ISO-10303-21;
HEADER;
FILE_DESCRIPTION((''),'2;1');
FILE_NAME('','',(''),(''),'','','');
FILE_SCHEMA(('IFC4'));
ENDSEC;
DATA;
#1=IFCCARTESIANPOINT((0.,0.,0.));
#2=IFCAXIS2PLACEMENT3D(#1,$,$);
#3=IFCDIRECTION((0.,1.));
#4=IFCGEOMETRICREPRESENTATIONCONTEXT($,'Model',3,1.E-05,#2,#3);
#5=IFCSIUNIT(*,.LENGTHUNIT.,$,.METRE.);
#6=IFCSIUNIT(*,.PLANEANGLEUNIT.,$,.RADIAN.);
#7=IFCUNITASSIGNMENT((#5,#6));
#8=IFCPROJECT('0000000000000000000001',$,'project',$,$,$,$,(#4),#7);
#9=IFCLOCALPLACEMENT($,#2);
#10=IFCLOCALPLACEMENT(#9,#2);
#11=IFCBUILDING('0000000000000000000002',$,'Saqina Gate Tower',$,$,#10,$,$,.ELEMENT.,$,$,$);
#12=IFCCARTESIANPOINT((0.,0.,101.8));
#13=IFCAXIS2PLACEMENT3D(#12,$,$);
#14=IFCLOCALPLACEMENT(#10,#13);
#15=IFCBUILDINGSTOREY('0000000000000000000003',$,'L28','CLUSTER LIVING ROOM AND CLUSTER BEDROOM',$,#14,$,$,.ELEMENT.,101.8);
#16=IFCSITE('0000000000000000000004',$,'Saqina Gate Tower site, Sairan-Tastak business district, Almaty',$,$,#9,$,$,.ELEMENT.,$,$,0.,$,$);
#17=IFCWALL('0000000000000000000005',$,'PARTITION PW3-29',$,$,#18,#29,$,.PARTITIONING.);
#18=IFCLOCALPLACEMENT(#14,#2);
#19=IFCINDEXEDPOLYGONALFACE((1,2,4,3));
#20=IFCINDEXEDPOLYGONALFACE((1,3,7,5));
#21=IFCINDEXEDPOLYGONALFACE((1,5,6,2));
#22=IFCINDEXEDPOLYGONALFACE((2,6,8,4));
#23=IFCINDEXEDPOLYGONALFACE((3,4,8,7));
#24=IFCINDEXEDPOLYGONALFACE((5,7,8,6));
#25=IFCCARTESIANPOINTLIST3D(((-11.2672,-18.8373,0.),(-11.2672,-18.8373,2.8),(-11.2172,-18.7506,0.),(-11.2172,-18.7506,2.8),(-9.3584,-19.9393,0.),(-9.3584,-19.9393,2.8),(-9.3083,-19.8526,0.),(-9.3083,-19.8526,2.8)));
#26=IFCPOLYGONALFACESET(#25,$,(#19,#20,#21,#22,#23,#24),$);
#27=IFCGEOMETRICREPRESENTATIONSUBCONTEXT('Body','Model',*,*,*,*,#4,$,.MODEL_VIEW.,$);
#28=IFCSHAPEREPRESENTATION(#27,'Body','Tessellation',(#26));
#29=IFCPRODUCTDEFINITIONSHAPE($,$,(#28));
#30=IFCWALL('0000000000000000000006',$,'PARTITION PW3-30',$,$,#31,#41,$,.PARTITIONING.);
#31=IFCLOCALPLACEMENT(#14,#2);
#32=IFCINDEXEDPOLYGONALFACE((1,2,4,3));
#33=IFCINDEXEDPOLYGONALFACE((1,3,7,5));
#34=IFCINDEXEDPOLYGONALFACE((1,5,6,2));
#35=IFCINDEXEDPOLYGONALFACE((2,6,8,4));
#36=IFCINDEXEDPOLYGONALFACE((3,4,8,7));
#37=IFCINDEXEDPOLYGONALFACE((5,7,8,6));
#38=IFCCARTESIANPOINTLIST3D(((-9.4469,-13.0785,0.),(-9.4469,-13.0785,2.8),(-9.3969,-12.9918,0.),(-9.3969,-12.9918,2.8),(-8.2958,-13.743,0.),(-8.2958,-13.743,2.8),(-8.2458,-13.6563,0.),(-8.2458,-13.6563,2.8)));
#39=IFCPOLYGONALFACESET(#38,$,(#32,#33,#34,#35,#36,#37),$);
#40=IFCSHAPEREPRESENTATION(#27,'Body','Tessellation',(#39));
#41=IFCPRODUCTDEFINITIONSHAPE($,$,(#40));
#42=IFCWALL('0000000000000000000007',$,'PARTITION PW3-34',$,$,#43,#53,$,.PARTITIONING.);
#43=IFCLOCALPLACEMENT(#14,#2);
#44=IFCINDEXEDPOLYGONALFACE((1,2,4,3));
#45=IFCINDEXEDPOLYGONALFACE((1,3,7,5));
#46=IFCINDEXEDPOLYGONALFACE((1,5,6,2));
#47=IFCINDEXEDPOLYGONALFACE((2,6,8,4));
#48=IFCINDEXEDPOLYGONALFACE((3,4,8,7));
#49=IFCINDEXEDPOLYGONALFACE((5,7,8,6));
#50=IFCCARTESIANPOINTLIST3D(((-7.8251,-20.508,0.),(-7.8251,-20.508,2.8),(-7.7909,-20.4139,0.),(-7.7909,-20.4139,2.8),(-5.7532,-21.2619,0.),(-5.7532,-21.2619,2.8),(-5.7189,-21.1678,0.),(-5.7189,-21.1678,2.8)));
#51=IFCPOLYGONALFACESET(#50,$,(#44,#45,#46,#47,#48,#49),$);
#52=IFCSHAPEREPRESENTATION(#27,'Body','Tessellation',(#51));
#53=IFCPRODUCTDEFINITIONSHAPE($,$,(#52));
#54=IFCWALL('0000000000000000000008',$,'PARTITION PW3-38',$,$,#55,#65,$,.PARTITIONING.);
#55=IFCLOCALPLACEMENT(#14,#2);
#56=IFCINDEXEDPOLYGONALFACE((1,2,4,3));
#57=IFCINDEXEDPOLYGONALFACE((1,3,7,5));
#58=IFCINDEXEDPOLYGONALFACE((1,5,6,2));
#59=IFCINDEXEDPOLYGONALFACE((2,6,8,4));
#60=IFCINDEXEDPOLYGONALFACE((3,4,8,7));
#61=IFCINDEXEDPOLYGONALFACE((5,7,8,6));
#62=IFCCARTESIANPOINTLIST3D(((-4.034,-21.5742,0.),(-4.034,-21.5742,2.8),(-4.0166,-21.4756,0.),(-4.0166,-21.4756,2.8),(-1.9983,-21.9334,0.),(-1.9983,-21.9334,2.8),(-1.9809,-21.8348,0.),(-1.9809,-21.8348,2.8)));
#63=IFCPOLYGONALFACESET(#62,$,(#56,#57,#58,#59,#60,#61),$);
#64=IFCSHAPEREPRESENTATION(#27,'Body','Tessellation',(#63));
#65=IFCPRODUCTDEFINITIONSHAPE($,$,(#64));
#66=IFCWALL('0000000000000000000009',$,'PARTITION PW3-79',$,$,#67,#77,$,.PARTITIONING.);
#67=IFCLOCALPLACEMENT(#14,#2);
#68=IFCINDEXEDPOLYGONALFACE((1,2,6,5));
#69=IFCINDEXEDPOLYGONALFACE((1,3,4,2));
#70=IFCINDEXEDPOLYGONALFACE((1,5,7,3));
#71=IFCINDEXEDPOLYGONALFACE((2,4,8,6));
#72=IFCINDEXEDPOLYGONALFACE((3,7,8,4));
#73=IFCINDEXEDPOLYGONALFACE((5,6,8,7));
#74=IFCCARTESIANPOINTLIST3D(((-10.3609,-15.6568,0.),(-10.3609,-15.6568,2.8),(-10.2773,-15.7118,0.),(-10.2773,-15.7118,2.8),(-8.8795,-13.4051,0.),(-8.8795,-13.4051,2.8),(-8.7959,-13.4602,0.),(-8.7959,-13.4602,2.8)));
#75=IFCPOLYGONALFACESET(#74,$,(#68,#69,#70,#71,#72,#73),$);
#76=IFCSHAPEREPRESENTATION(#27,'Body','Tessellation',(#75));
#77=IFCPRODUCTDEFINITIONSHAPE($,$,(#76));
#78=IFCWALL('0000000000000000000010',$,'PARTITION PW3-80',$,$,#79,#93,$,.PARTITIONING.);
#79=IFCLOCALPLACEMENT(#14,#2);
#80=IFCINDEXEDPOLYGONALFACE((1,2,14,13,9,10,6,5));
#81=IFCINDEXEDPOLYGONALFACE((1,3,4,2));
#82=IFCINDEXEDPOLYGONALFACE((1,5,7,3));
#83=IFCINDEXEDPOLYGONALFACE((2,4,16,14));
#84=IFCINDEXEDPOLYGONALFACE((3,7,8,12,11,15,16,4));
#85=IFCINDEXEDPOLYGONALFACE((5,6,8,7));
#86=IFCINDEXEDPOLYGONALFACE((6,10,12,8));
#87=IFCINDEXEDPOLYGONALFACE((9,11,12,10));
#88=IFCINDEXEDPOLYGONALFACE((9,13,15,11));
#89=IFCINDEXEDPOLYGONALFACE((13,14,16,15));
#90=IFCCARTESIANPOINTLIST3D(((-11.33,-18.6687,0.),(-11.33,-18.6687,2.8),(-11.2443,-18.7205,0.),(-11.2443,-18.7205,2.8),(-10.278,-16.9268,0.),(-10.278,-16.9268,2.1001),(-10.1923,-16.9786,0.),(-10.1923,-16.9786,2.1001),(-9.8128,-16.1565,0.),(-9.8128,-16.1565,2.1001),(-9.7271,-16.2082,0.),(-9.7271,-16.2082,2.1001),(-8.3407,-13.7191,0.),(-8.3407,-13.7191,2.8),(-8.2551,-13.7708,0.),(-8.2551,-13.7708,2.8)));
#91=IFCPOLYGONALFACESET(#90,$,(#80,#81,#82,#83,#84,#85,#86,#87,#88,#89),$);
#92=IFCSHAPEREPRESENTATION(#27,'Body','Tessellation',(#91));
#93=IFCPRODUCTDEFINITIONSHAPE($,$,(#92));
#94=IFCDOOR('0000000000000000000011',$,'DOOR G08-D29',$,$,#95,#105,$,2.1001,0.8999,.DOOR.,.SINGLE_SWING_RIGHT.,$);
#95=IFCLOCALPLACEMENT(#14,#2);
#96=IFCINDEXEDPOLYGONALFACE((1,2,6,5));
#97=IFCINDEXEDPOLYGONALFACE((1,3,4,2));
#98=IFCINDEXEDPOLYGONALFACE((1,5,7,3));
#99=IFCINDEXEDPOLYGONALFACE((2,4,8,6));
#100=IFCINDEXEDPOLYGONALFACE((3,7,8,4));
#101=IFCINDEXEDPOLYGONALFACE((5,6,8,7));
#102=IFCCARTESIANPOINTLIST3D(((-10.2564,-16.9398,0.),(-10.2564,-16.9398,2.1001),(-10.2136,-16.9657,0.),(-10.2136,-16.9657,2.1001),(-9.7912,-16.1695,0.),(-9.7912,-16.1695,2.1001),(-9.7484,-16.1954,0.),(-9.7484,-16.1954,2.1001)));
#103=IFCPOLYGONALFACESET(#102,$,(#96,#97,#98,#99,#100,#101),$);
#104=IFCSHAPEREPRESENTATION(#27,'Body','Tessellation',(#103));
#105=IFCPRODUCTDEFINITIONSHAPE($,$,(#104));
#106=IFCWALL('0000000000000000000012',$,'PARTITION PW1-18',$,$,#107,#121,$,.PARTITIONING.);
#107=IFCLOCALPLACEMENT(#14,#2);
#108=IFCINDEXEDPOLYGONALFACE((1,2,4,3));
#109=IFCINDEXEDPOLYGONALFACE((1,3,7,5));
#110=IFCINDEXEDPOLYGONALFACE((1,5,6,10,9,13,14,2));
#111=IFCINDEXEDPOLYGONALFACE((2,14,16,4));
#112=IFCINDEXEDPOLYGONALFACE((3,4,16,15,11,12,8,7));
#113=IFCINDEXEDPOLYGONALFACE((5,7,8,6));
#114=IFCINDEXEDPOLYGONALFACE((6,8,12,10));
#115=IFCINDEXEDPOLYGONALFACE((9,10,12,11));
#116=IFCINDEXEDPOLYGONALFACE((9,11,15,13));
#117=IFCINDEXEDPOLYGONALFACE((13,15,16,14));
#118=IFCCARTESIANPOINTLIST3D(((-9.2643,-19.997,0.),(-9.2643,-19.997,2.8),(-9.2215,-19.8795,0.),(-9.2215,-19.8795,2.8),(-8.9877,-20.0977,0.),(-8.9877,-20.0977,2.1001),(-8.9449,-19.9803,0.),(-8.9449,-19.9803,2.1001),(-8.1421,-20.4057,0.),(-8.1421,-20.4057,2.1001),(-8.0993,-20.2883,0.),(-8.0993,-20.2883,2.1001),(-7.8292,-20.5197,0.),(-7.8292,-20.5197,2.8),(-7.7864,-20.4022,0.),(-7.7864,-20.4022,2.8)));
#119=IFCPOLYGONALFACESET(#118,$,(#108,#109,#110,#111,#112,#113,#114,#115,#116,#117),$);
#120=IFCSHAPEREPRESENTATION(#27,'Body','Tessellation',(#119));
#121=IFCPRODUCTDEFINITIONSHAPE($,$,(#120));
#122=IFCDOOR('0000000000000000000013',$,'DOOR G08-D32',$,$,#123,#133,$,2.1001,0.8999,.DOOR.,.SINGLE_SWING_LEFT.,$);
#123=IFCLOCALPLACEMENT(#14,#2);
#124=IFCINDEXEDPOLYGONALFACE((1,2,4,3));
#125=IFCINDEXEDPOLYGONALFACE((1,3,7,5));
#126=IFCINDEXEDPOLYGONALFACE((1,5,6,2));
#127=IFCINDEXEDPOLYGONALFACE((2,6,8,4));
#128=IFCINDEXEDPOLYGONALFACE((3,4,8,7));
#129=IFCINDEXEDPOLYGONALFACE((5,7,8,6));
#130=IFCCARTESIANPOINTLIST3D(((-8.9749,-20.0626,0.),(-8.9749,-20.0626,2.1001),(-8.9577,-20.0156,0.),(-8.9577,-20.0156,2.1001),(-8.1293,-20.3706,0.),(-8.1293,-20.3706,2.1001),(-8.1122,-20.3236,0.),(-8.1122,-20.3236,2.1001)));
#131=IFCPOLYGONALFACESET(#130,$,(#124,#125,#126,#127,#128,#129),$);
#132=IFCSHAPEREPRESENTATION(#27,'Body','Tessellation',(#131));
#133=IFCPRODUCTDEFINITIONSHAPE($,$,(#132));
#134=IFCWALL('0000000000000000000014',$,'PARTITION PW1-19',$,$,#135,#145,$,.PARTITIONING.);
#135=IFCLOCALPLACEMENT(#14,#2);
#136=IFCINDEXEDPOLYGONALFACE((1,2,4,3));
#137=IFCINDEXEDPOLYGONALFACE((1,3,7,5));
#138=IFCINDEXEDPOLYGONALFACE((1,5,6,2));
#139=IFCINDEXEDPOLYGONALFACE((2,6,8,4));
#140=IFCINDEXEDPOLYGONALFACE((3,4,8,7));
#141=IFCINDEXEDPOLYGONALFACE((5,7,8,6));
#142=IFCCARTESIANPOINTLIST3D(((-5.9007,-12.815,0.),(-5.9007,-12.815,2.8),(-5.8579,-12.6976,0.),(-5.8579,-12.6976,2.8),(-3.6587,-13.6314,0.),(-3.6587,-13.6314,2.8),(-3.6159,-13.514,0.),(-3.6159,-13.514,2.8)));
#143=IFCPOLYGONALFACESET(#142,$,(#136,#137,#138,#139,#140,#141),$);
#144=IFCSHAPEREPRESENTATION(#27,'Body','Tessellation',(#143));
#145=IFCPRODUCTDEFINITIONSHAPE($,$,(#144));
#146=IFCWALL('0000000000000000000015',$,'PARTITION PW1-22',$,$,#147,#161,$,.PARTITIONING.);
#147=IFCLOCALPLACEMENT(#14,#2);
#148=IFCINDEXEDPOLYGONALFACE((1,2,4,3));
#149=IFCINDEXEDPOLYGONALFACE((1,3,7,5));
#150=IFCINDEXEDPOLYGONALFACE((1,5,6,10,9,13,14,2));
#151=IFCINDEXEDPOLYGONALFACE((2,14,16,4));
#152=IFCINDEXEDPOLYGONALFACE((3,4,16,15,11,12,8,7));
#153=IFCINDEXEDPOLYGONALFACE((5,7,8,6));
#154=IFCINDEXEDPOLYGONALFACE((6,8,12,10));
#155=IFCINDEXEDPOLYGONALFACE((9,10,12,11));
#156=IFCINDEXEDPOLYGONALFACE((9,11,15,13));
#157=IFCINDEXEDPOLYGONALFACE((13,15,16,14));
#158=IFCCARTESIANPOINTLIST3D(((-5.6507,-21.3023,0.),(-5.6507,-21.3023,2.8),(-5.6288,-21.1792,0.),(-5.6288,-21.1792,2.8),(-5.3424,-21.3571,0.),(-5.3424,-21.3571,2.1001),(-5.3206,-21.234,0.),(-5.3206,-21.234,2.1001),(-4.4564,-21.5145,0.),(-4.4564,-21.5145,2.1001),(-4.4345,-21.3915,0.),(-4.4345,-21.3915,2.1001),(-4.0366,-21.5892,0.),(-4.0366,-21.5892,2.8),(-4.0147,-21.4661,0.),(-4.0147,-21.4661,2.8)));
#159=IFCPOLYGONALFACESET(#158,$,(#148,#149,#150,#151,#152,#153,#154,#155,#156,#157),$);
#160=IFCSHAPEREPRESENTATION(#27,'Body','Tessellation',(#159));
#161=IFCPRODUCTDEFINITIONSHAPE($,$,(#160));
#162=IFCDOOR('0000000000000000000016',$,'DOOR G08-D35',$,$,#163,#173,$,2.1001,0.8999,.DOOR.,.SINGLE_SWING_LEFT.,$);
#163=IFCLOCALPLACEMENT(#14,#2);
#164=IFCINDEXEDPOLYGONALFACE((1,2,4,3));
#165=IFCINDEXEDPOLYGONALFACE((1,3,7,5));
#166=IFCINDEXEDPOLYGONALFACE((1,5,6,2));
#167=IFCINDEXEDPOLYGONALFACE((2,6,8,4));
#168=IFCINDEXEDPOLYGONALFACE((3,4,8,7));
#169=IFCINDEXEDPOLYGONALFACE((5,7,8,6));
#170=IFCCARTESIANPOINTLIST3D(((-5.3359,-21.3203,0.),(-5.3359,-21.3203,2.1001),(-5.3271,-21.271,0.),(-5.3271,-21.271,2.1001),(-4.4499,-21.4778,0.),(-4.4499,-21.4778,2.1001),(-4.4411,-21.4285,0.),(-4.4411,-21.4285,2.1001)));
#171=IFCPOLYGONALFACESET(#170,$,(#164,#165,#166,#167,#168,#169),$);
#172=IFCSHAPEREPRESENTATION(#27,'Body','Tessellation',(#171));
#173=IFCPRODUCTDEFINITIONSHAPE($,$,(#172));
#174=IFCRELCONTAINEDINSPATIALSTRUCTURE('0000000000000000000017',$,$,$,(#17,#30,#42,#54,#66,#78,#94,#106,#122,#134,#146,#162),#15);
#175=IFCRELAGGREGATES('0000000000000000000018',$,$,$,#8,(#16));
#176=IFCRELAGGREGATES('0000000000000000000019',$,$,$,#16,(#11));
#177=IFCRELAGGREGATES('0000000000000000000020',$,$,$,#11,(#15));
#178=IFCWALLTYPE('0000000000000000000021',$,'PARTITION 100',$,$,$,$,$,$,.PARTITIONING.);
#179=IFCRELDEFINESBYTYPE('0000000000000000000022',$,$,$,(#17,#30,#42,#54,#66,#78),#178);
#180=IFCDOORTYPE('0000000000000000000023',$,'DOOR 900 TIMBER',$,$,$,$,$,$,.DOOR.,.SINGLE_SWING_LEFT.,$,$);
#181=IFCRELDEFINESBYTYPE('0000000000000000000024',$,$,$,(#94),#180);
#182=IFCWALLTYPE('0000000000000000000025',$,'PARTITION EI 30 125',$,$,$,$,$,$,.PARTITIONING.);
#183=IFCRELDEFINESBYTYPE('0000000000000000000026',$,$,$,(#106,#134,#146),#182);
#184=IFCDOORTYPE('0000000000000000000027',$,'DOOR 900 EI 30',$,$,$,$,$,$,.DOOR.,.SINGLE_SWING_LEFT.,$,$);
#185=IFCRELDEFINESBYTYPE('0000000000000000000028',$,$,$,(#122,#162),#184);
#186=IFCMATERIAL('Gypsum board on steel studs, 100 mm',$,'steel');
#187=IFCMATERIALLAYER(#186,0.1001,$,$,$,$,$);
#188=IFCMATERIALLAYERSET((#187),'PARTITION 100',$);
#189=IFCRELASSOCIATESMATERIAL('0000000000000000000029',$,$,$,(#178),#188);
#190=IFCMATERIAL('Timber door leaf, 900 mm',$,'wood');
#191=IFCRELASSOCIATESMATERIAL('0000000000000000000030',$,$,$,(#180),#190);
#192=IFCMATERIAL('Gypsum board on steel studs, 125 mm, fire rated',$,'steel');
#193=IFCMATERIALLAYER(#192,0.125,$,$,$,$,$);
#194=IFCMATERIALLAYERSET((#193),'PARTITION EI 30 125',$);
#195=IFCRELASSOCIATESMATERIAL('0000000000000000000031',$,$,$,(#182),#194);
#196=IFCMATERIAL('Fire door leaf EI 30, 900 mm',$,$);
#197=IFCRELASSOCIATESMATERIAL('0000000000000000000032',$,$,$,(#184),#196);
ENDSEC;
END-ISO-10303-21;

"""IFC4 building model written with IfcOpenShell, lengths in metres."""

from ifc_helpers import new_model, si_unit, direction, frame, frame_2d, origin, place, context, subcontext, project, spatial, rectangle, extrude, material, layer, layer_set, type_object, element, fill, save


model = new_model("IFC4")

# Units and contexts
model_context = context("Model", 3, precision=1e-05, world=origin(), true_north=direction((0.0, 1.0)))
body_context = subcontext(model_context, "Body", "Model", "MODEL_VIEW")
ifc_project = project(units=[si_unit("LENGTHUNIT", "METRE"), si_unit("PLANEANGLEUNIT", "RADIAN")], contexts=[model_context])

# Site, building, storey
site_placement = place(None, origin())
site = spatial("IfcSite", under=ifc_project, at=site_placement, Name="Saqina Gate Tower site, Sairan-Tastak business district, Almaty", CompositionType="ELEMENT", RefElevation=0.0)
building_placement = place(site_placement, origin())
building = spatial("IfcBuilding", under=site, at=building_placement, Name="Saqina Gate Tower", CompositionType="ELEMENT")
storey_placement = place(building_placement, frame((0.0, 0.0, 101.8)))
storey = spatial("IfcBuildingStorey", under=building, at=storey_placement, Name="L28", Description="CLUSTER LIVING ROOM AND CLUSTER BEDROOM", CompositionType="ELEMENT", Elevation=101.8)

# Walls
ifc_material_1 = material(Name="Gypsum board on steel studs, 100 mm", Category="steel")
ifc_layer_1 = layer(ifc_material_1, 0.1001)
ifc_layer_set_1 = layer_set([ifc_layer_1], Name="PARTITION 100")
wall_type_1 = type_object("IfcWallType", Name="PARTITION 100", PredefinedType="PARTITIONING", material=ifc_layer_set_1)
wall_1_placement = place(storey_placement, frame((-11.2422, -18.7939, 0.0), z_axis=(0.0, 0.0, 1.0), x_axis=(0.86604, -0.499975, 0.0)))
element("IfcWall", 1, at=wall_1_placement, inside=storey, type_object=wall_type_1, Name="PARTITION PW3-29", PredefinedType="PARTITIONING", context=body_context, shape_type="SweptSolid", body=[
    extrude(rectangle(XDim=2.2041, YDim=0.1001, at=frame_2d((1.1021, 0.0))), origin(), (0.0, 0.0, 1.0), 2.8),
])
wall_2_placement = place(storey_placement, frame((-9.4219, -13.0352, 0.0), z_axis=(0.0, 0.0, 1.0), x_axis=(0.866042, -0.499972, 0.0)))
element("IfcWall", 2, at=wall_2_placement, inside=storey, type_object=wall_type_1, Name="PARTITION PW3-30", PredefinedType="PARTITIONING", context=body_context, shape_type="SweptSolid", body=[
    extrude(rectangle(XDim=1.3291, YDim=0.1001, at=frame_2d((0.6646, 0.0))), origin(), (0.0, 0.0, 1.0), 2.8),
])
wall_3_placement = place(storey_placement, frame((-7.8081, -20.4609, 0.0), z_axis=(0.0, 0.0, 1.0), x_axis=(0.939729, -0.341921, 0.0)))
element("IfcWall", 3, at=wall_3_placement, inside=storey, type_object=wall_type_1, Name="PARTITION PW3-34", PredefinedType="PARTITIONING", context=body_context, shape_type="SweptSolid", body=[
    extrude(rectangle(XDim=2.2048, YDim=0.1001, at=frame_2d((1.1025, 0.0))), origin(), (0.0, 0.0, 1.0), 2.8),
])
wall_4_placement = place(storey_placement, frame((-4.0254, -21.5249, 0.0), z_axis=(0.0, 0.0, 1.0), x_axis=(0.984792, -0.173738, 0.0)))
element("IfcWall", 4, at=wall_4_placement, inside=storey, type_object=wall_type_1, Name="PARTITION PW3-38", PredefinedType="PARTITIONING", context=body_context, shape_type="SweptSolid", body=[
    extrude(rectangle(XDim=2.0671, YDim=0.1001, at=frame_2d((1.0337, 0.0))), origin(), (0.0, 0.0, 1.0), 2.8),
])
wall_5_placement = place(storey_placement, frame((-10.3191, -15.6843, 0.0), z_axis=(0.0, 0.0, 1.0), x_axis=(0.549631, 0.835407, 0.0)))
element("IfcWall", 5, at=wall_5_placement, inside=storey, type_object=wall_type_1, Name="PARTITION PW3-79", PredefinedType="PARTITIONING", context=body_context, shape_type="SweptSolid", body=[
    extrude(rectangle(XDim=2.6953, YDim=0.1001, at=frame_2d((1.3477, 0.0))), origin(), (0.0, 0.0, 1.0), 2.8),
])

# Walls, openings, doors
wall_6_placement = place(storey_placement, frame((-11.2871, -18.6946, 0.0), z_axis=(0.0, 0.0, 1.0), x_axis=(0.516965, 0.856007, 0.0)))
wall_6 = element("IfcWall", 6, at=wall_6_placement, inside=storey, type_object=wall_type_1, Name="PARTITION PW3-80", PredefinedType="PARTITIONING", context=body_context, shape_type="SweptSolid", body=[
    extrude(rectangle(XDim=5.7822, YDim=0.1001, at=frame_2d((2.8911, 0.0))), origin(), (0.0, 0.0, 1.0), 2.8),
])
opening_1_placement = place(wall_6_placement, frame((2.0349, 0.0, 0.0)))
opening_1 = element("IfcOpeningElement", 7, at=opening_1_placement, cuts=wall_6, PredefinedType="OPENING", context=body_context, shape_type="SweptSolid", body=[
    extrude(rectangle(XDim=0.8999, YDim=2.1001, at=frame_2d((0.45, 1.05))), frame((0.0, 0.062, 0.0), z_axis=(0.0, -1.0, 0.0), x_axis=(1.0, 0.0, 0.0)), (0.0, 0.0, 1.0), 0.124),
])
ifc_material_2 = material(Name="Timber door leaf, 900 mm", Category="wood")
door_type_1 = type_object("IfcDoorType", Name="DOOR 900 TIMBER", OperationType="SINGLE_SWING_LEFT", PredefinedType="DOOR", material=ifc_material_2)
door_1_placement = place(opening_1_placement, origin())
door_1 = element("IfcDoor", 8, at=door_1_placement, inside=storey, type_object=door_type_1, Name="DOOR G08-D29", OperationType="SINGLE_SWING_RIGHT", OverallHeight=2.1001, OverallWidth=0.8999, PredefinedType="DOOR", context=body_context, shape_type="SweptSolid", body=[
    extrude(rectangle(XDim=0.8999, YDim=2.1001, at=frame_2d((0.45, 1.05))), frame((0.0, 0.0249, 0.0), z_axis=(0.0, -1.0, 0.0), x_axis=(1.0, 0.0, 0.0)), (0.0, 0.0, 1.0), 0.05),
])
fill(opening_1, door_1)
ifc_material_3 = material(Name="Gypsum board on steel studs, 125 mm, fire rated", Category="steel")
ifc_layer_2 = layer(ifc_material_3, 0.125)
ifc_layer_set_2 = layer_set([ifc_layer_2], Name="PARTITION EI 30 125")
wall_type_2 = type_object("IfcWallType", Name="PARTITION EI 30 125", PredefinedType="PARTITIONING", material=ifc_layer_set_2)
wall_7_placement = place(storey_placement, frame((-9.2429, -19.9382, 0.0), z_axis=(0.0, 0.0, 1.0), x_axis=(0.939611, -0.342244, 0.0)))
wall_7 = element("IfcWall", 9, at=wall_7_placement, inside=storey, type_object=wall_type_2, Name="PARTITION PW1-18", PredefinedType="PARTITIONING", context=body_context, shape_type="SweptSolid", body=[
    extrude(rectangle(XDim=1.5273, YDim=0.125, at=frame_2d((0.7637, 0.0))), origin(), (0.0, 0.0, 1.0), 2.8),
])
opening_2_placement = place(wall_7_placement, frame((0.2944, 0.0, 0.0)))
opening_2 = element("IfcOpeningElement", 10, at=opening_2_placement, cuts=wall_7, PredefinedType="OPENING", context=body_context, shape_type="SweptSolid", body=[
    extrude(rectangle(XDim=0.8999, YDim=2.1001, at=frame_2d((0.45, 1.05))), frame((0.0, 0.0745, 0.0), z_axis=(0.0, -1.0, 0.0), x_axis=(1.0, 0.0, 0.0)), (0.0, 0.0, 1.0), 0.1489),
])
ifc_material_4 = material(Name="Fire door leaf EI 30, 900 mm")
door_type_2 = type_object("IfcDoorType", Name="DOOR 900 EI 30", OperationType="SINGLE_SWING_LEFT", PredefinedType="DOOR", material=ifc_material_4)
door_2_placement = place(opening_2_placement, origin())
door_2 = element("IfcDoor", 11, at=door_2_placement, inside=storey, type_object=door_type_2, Name="DOOR G08-D32", OperationType="SINGLE_SWING_LEFT", OverallHeight=2.1001, OverallWidth=0.8999, PredefinedType="DOOR", context=body_context, shape_type="SweptSolid", body=[
    extrude(rectangle(XDim=0.8999, YDim=2.1001, at=frame_2d((0.45, 1.05))), frame((0.0, 0.0249, 0.0), z_axis=(0.0, -1.0, 0.0), x_axis=(1.0, 0.0, 0.0)), (0.0, 0.0, 1.0), 0.05),
])
fill(opening_2, door_2)

# Wall
wall_8_placement = place(storey_placement, frame((-5.8792, -12.7563, 0.0), z_axis=(0.0, 0.0, 1.0), x_axis=(0.939638, -0.34217, 0.0)))
element("IfcWall", 12, at=wall_8_placement, inside=storey, type_object=wall_type_2, Name="PARTITION PW1-19", PredefinedType="PARTITIONING", context=body_context, shape_type="SweptSolid", body=[
    extrude(rectangle(XDim=2.386, YDim=0.125, at=frame_2d((1.1929, 0.0))), origin(), (0.0, 0.0, 1.0), 2.8),
])

# Wall, opening, door
wall_9_placement = place(storey_placement, frame((-5.6399, -21.2407, 0.0), z_axis=(0.0, 0.0, 1.0), x_axis=(0.98457, -0.174992, 0.0)))
wall_9 = element("IfcWall", 13, at=wall_9_placement, inside=storey, type_object=wall_type_2, Name="PARTITION PW1-22", PredefinedType="PARTITIONING", context=body_context, shape_type="SweptSolid", body=[
    extrude(rectangle(XDim=1.6394, YDim=0.125, at=frame_2d((0.8198, 0.0))), origin(), (0.0, 0.0, 1.0), 2.8),
])
opening_3_placement = place(wall_9_placement, frame((0.3132, 0.0, 0.0)))
opening_3 = element("IfcOpeningElement", 14, at=opening_3_placement, cuts=wall_9, PredefinedType="OPENING", context=body_context, shape_type="SweptSolid", body=[
    extrude(rectangle(XDim=0.8999, YDim=2.1001, at=frame_2d((0.45, 1.05))), frame((0.0, 0.0745, 0.0), z_axis=(0.0, -1.0, 0.0), x_axis=(1.0, 0.0, 0.0)), (0.0, 0.0, 1.0), 0.1489),
])
door_3_placement = place(opening_3_placement, origin())
door_3 = element("IfcDoor", 15, at=door_3_placement, inside=storey, type_object=door_type_2, Name="DOOR G08-D35", OperationType="SINGLE_SWING_LEFT", OverallHeight=2.1001, OverallWidth=0.8999, PredefinedType="DOOR", context=body_context, shape_type="SweptSolid", body=[
    extrude(rectangle(XDim=0.8999, YDim=2.1001, at=frame_2d((0.45, 1.05))), frame((0.0, 0.0249, 0.0), z_axis=(0.0, -1.0, 0.0), x_axis=(1.0, 0.0, 0.0)), (0.0, 0.0, 1.0), 0.05),
])
fill(opening_3, door_3)

save(model, "model.ifc")
